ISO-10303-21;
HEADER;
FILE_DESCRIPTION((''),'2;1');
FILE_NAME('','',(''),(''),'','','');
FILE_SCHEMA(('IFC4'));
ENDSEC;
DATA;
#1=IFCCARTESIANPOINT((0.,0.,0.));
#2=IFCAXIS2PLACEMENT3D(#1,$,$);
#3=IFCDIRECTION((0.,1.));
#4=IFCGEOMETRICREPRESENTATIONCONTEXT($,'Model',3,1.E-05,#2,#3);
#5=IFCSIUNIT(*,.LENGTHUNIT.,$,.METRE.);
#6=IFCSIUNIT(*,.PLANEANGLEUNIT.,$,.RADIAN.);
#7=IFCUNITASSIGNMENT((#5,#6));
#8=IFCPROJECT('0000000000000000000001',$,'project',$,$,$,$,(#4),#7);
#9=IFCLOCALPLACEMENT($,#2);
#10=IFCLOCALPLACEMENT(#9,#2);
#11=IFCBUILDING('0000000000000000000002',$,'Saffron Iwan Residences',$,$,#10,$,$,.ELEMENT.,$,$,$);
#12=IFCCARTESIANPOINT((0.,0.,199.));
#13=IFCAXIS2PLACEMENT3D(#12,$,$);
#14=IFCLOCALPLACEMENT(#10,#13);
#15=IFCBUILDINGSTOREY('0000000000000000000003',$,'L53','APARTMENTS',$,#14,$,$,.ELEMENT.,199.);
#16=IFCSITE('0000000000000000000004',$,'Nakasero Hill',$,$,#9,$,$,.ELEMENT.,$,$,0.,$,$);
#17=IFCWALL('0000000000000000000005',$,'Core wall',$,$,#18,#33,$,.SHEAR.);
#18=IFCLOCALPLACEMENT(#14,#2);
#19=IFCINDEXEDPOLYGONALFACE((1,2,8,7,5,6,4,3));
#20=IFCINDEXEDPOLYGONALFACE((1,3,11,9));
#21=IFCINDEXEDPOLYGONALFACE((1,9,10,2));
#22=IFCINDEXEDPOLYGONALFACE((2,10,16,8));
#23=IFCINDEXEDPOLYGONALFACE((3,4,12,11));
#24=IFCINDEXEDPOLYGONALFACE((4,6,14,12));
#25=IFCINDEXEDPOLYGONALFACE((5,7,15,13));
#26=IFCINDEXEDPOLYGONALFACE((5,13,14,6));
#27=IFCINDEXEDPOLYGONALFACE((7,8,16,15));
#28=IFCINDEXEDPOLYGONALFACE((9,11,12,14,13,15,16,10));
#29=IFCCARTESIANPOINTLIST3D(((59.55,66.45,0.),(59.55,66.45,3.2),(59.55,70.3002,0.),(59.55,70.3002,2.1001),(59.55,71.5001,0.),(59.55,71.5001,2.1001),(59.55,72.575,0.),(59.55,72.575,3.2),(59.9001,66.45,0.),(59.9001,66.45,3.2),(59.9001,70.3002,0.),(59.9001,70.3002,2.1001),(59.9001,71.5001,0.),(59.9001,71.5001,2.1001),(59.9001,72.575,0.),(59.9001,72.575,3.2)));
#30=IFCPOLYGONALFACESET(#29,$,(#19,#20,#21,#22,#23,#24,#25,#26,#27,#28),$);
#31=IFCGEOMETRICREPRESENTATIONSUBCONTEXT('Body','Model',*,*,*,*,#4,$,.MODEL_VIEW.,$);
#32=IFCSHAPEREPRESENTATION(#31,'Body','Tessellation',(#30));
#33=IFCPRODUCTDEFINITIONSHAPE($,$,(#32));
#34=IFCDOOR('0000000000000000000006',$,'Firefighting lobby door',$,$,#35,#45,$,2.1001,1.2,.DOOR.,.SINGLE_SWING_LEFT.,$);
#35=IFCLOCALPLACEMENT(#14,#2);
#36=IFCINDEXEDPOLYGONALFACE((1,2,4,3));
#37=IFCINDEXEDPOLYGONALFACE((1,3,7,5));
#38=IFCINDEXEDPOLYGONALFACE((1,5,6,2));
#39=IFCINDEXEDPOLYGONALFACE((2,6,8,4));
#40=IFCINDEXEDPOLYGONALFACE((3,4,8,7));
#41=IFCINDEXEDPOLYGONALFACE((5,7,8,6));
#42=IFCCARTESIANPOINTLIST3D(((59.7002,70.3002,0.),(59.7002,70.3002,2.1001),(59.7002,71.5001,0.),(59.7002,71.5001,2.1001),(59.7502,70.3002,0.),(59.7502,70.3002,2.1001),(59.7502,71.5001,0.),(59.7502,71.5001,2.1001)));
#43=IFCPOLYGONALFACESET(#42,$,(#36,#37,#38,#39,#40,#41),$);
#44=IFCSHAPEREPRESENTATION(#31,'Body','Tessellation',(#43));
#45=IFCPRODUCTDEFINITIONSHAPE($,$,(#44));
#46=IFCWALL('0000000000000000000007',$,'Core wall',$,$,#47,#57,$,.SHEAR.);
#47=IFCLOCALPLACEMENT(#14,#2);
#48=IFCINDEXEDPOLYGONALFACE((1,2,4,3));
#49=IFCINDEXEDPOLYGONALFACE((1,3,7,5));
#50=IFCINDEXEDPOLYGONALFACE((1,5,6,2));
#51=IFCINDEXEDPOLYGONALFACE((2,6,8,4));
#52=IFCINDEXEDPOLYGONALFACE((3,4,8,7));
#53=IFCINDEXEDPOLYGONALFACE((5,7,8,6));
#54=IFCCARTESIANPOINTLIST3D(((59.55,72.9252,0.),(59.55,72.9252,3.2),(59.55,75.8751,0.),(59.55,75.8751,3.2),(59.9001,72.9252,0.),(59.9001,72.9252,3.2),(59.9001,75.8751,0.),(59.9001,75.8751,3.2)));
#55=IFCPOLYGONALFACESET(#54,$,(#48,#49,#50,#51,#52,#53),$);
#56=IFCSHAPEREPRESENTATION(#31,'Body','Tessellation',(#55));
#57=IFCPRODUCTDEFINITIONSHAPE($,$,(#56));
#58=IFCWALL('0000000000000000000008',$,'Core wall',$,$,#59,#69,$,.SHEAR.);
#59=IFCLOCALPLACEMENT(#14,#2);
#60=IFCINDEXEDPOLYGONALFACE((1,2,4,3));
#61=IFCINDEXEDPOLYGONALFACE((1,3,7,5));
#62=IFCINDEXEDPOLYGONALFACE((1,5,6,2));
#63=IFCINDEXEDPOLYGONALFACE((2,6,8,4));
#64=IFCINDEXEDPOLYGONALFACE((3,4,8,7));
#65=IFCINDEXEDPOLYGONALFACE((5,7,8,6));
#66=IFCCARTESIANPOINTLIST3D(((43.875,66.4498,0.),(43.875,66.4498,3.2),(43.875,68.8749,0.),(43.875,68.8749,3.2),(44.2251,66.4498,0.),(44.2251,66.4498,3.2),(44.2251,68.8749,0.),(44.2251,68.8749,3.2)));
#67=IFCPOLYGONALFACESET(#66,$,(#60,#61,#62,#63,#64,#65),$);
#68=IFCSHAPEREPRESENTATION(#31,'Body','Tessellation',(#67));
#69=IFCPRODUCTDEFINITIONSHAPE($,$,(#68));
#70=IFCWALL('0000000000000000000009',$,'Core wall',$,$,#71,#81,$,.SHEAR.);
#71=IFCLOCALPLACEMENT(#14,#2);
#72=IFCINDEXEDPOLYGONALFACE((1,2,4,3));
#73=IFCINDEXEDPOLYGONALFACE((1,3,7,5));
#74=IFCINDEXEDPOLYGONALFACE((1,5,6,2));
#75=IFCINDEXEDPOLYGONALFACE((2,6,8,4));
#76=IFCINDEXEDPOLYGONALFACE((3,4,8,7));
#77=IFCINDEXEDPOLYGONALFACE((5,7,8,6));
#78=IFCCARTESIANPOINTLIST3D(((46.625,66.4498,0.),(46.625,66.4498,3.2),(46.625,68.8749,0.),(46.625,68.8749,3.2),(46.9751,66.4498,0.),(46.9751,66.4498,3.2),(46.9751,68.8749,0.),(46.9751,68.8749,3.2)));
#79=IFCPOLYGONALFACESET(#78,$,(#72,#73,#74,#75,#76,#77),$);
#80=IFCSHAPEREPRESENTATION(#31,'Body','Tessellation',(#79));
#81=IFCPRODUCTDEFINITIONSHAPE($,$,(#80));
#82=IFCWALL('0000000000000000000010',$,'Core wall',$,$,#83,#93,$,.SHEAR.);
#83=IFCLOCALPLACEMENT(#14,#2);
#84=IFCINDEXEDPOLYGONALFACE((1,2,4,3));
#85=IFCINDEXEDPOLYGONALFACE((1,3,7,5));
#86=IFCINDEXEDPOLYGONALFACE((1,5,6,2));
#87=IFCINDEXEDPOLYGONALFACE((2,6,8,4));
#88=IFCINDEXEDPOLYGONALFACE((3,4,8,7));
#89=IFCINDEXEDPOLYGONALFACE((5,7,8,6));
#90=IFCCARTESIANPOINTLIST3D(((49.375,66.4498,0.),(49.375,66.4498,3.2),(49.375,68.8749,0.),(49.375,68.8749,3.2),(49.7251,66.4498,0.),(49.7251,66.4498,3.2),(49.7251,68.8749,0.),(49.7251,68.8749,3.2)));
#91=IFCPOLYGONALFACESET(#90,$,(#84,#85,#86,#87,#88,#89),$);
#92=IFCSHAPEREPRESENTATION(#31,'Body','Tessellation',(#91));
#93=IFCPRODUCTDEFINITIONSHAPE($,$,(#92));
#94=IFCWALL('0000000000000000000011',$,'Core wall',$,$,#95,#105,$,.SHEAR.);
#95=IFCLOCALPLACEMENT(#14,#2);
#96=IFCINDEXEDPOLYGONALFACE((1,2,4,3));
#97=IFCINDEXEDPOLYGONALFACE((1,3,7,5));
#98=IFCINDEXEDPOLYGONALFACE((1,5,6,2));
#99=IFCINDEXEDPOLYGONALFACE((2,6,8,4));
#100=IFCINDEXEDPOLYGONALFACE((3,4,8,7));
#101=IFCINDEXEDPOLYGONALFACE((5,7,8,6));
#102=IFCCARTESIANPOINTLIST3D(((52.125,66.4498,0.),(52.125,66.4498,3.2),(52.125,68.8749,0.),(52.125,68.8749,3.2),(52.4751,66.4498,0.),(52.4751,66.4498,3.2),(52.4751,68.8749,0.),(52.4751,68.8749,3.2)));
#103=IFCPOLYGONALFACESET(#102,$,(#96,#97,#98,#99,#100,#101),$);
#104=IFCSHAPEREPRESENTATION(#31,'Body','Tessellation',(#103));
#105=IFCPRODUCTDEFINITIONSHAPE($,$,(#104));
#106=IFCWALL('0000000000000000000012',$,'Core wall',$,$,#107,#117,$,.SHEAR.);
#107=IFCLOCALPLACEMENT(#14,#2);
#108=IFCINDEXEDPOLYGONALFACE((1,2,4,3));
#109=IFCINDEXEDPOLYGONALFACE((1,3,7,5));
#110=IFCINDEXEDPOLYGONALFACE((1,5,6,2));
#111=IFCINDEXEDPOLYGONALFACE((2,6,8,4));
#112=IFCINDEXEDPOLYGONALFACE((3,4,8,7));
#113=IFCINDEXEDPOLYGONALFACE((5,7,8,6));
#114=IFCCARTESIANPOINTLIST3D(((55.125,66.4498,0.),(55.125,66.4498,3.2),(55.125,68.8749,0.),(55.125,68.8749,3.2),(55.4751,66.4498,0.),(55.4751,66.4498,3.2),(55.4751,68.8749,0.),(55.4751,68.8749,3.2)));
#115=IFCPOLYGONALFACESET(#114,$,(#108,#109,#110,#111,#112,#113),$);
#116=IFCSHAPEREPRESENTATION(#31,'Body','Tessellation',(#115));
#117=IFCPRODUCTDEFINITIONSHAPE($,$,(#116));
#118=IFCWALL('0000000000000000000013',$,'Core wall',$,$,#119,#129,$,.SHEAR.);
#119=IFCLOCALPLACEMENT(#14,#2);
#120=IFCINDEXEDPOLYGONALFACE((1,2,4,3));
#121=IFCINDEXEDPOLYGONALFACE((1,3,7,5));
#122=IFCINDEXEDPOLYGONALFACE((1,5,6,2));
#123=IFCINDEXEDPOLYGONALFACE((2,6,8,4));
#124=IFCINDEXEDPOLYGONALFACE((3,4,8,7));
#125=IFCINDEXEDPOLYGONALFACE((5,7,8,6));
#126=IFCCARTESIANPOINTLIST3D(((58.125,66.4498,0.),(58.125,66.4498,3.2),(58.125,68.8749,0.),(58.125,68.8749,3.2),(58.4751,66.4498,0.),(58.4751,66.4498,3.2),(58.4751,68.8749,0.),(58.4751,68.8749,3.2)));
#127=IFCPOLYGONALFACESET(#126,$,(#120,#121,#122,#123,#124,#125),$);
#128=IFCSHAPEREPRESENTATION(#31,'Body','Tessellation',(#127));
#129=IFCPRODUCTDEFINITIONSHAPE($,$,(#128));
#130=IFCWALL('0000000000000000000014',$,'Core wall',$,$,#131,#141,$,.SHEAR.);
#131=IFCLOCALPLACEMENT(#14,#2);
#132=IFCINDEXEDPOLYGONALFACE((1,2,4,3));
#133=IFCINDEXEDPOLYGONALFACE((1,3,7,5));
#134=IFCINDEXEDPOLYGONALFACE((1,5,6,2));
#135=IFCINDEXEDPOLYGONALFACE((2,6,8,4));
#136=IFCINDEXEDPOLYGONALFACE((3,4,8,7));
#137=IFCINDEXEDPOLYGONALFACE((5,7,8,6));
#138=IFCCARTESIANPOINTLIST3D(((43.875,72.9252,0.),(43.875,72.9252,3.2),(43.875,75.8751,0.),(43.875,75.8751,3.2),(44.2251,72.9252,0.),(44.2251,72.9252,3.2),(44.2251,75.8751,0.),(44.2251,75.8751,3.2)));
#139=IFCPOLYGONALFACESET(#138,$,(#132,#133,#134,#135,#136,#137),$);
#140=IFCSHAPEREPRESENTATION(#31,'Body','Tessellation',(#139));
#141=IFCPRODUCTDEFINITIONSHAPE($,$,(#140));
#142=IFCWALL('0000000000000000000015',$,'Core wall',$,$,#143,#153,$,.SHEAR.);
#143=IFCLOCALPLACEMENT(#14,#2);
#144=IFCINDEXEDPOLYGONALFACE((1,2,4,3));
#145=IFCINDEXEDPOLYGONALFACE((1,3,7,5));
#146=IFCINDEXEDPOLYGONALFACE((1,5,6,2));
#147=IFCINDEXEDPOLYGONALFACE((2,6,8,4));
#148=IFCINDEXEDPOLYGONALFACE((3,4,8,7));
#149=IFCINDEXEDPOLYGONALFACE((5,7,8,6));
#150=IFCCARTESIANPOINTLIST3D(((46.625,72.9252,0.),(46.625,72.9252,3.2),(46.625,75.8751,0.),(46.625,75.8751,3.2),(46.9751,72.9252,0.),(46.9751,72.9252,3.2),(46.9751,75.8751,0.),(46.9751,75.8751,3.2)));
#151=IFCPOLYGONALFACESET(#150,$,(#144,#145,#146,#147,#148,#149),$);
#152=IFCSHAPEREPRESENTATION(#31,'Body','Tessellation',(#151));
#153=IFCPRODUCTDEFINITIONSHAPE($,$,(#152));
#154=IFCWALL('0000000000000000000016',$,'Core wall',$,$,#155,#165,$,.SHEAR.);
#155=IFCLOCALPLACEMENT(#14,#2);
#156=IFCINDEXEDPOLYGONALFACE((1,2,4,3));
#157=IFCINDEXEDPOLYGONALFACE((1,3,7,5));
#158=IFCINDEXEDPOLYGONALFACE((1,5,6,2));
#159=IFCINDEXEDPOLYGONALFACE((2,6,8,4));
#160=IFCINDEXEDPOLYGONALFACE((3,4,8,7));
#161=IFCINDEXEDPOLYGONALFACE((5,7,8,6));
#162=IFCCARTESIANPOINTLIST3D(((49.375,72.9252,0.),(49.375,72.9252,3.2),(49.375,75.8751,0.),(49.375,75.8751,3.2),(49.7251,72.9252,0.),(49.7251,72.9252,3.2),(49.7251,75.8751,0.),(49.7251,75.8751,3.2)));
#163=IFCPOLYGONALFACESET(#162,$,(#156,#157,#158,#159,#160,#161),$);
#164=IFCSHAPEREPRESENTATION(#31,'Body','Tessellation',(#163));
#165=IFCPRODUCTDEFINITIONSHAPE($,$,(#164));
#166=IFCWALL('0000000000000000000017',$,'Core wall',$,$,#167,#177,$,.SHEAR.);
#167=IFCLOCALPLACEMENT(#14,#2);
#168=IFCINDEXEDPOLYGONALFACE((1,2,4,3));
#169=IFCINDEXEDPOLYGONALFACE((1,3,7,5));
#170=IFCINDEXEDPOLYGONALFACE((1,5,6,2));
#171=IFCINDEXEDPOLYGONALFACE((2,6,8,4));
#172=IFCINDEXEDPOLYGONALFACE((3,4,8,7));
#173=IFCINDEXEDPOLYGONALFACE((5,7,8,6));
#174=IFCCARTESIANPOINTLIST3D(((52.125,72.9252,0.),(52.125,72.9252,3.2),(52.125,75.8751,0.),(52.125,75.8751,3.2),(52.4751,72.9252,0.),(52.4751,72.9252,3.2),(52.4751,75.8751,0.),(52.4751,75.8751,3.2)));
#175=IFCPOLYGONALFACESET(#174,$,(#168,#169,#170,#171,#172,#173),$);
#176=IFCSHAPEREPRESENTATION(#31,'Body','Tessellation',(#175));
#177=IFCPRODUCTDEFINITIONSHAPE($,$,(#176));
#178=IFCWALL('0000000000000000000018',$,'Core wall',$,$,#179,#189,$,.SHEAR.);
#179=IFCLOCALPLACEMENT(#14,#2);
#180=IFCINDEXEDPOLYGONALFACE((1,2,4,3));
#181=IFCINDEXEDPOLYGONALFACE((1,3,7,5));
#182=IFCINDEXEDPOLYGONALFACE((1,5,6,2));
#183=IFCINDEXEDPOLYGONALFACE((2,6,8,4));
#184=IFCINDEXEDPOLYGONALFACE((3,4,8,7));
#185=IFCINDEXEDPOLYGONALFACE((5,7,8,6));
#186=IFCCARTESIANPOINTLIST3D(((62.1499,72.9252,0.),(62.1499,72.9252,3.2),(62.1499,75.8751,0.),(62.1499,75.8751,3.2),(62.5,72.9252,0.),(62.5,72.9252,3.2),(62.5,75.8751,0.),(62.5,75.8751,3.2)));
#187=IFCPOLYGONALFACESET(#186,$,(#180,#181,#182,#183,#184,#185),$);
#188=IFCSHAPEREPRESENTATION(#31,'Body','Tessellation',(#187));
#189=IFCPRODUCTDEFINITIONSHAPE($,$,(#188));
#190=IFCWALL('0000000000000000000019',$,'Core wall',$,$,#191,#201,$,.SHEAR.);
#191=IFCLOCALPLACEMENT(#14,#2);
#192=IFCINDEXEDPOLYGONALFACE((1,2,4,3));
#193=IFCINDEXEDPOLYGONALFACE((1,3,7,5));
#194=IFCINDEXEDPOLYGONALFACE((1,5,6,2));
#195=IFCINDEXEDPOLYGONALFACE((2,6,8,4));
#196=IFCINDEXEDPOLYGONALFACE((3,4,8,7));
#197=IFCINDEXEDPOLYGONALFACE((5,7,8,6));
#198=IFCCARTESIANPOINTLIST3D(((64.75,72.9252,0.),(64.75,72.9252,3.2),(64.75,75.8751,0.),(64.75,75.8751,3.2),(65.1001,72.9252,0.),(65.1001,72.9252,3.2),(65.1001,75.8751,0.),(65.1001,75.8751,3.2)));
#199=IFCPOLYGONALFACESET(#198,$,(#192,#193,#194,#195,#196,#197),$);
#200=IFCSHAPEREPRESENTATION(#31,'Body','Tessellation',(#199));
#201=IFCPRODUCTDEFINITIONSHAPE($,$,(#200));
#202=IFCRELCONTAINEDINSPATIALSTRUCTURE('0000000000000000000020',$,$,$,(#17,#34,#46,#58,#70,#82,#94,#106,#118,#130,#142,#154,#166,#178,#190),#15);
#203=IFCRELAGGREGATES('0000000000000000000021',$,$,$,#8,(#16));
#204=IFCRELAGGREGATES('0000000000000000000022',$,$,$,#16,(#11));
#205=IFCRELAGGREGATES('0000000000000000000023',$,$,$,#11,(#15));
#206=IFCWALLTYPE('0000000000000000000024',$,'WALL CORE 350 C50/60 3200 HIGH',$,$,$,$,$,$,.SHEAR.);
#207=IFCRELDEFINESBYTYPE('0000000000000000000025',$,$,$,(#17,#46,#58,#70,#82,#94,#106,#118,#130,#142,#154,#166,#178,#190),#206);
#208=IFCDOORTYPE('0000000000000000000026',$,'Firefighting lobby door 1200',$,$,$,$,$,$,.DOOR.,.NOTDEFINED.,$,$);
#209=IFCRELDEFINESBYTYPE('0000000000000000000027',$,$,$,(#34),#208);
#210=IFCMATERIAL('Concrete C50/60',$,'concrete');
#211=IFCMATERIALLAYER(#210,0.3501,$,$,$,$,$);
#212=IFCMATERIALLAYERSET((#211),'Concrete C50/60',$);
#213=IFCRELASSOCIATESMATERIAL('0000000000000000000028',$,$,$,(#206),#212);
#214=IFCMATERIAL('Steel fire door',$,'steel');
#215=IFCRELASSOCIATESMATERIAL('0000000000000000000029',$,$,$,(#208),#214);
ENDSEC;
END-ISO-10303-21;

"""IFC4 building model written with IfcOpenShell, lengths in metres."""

from ifc_helpers import new_model, si_unit, direction, frame, frame_2d, origin, place, context, subcontext, project, spatial, rectangle, extrude, material, layer, layer_set, type_object, element, fill, save


model = new_model("IFC4")

# Units and contexts
model_context = context("Model", 3, precision=1e-05, world=origin(), true_north=direction((0.0, 1.0)))
body_context = subcontext(model_context, "Body", "Model", "MODEL_VIEW")
ifc_project = project(units=[si_unit("LENGTHUNIT", "METRE"), si_unit("PLANEANGLEUNIT", "RADIAN")], contexts=[model_context])

# Site, building, storey
site_placement = place(None, origin())
site = spatial("IfcSite", under=ifc_project, at=site_placement, Name="Nakasero Hill", CompositionType="ELEMENT", RefElevation=0.0)
building_placement = place(site_placement, origin())
building = spatial("IfcBuilding", under=site, at=building_placement, Name="Saffron Iwan Residences", CompositionType="ELEMENT")
storey_placement = place(building_placement, frame((0.0, 0.0, 199.0)))
storey = spatial("IfcBuildingStorey", under=building, at=storey_placement, Name="L53", Description="APARTMENTS", CompositionType="ELEMENT", Elevation=199.0)

# Shared definitions
ifc_material_1 = material(Name="Concrete C50/60", Category="concrete")

# Shared definitions
ifc_material_2 = material(Name="Steel fire door", Category="steel")

# Wall, opening, door
ifc_layer_1 = layer(ifc_material_1, 0.3501)
ifc_layer_set_1 = layer_set([ifc_layer_1], Name="Concrete C50/60")
wall_type_1 = type_object("IfcWallType", Name="WALL CORE 350 C50/60 3200 HIGH", PredefinedType="SHEAR", material=ifc_layer_set_1)
wall_1_placement = place(storey_placement, frame((59.7251, 66.45, 0.0), z_axis=(0.0, 0.0, 1.0), x_axis=(0.0, 1.0, 0.0)))
wall_1 = element("IfcWall", 1, at=wall_1_placement, inside=storey, type_object=wall_type_1, Name="Core wall", PredefinedType="SHEAR", context=body_context, shape_type="SweptSolid", body=[
    extrude(rectangle(XDim=6.125, YDim=0.3501, at=frame_2d((3.0625, 0.0))), origin(), (0.0, 0.0, 1.0), 3.2),
])
opening_1_placement = place(wall_1_placement, frame((3.8501, 0.0, 0.0)))
opening_1 = element("IfcOpeningElement", 2, at=opening_1_placement, cuts=wall_1, PredefinedType="OPENING", context=body_context, shape_type="SweptSolid", body=[
    extrude(rectangle(XDim=1.2, YDim=2.1001, at=frame_2d((0.6001, 1.05))), frame((0.0, 0.1851, 0.0), z_axis=(0.0, -1.0, 0.0), x_axis=(1.0, 0.0, 0.0)), (0.0, 0.0, 1.0), 0.3701),
])
door_type_1 = type_object("IfcDoorType", Name="Firefighting lobby door 1200", OperationType="NOTDEFINED", PredefinedType="DOOR", material=ifc_material_2)
door_1_placement = place(opening_1_placement, origin())
door_1 = element("IfcDoor", 3, at=door_1_placement, inside=storey, type_object=door_type_1, Name="Firefighting lobby door", OperationType="SINGLE_SWING_LEFT", OverallHeight=2.1001, OverallWidth=1.2, PredefinedType="DOOR", context=body_context, shape_type="SweptSolid", body=[
    extrude(rectangle(XDim=1.2, YDim=2.1001, at=frame_2d((0.6001, 1.05))), frame((0.0, 0.0249, 0.0), z_axis=(0.0, -1.0, 0.0), x_axis=(1.0, 0.0, 0.0)), (0.0, 0.0, 1.0), 0.05),
])
fill(opening_1, door_1)

# Walls
wall_2_placement = place(storey_placement, frame((59.7251, 72.925, 0.0), z_axis=(0.0, 0.0, 1.0), x_axis=(0.0, 1.0, 0.0)))
element("IfcWall", 4, at=wall_2_placement, inside=storey, type_object=wall_type_1, Name="Core wall", PredefinedType="SHEAR", context=body_context, shape_type="SweptSolid", body=[
    extrude(rectangle(XDim=2.95, YDim=0.3501, at=frame_2d((1.4751, 0.0))), origin(), (0.0, 0.0, 1.0), 3.2),
])
for number, where, z_axis, x_axis, name in (
    (5, (44.05, 66.45, 0.0), (0.0, 0.0, 1.0), (0.0, 1.0, 0.0), "Core wall"),
    (6, (46.8, 66.45, 0.0), (0.0, 0.0, 1.0), (0.0, 1.0, 0.0), "Core wall"),
    (7, (49.55, 66.45, 0.0), (0.0, 0.0, 1.0), (0.0, 1.0, 0.0), "Core wall"),
    (8, (52.3, 66.45, 0.0), (0.0, 0.0, 1.0), (0.0, 1.0, 0.0), "Core wall"),
    (9, (55.3, 66.45, 0.0), (0.0, 0.0, 1.0), (0.0, 1.0, 0.0), "Core wall"),
    (10, (58.3, 66.45, 0.0), (0.0, 0.0, 1.0), (0.0, 1.0, 0.0), "Core wall"),
):
    element("IfcWall", number, at=place(storey_placement, frame(where, z_axis=z_axis, x_axis=x_axis)), inside=storey, type_object=wall_type_1, Name=name, PredefinedType="SHEAR", context=body_context, shape_type="SweptSolid", body=[
        extrude(rectangle(XDim=2.425, YDim=0.3501, at=frame_2d((1.2124, 0.0))), origin(), (0.0, 0.0, 1.0), 3.2),
    ])
for number, where, z_axis, x_axis, name in (
    (11, (44.05, 72.925, 0.0), (0.0, 0.0, 1.0), (0.0, 1.0, 0.0), "Core wall"),
    (12, (46.8, 72.925, 0.0), (0.0, 0.0, 1.0), (0.0, 1.0, 0.0), "Core wall"),
    (13, (49.55, 72.925, 0.0), (0.0, 0.0, 1.0), (0.0, 1.0, 0.0), "Core wall"),
    (14, (52.3, 72.925, 0.0), (0.0, 0.0, 1.0), (0.0, 1.0, 0.0), "Core wall"),
    (15, (62.325, 72.925, 0.0), (0.0, 0.0, 1.0), (0.0, 1.0, 0.0), "Core wall"),
    (16, (64.925, 72.925, 0.0), (0.0, 0.0, 1.0), (0.0, 1.0, 0.0), "Core wall"),
):
    element("IfcWall", number, at=place(storey_placement, frame(where, z_axis=z_axis, x_axis=x_axis)), inside=storey, type_object=wall_type_1, Name=name, PredefinedType="SHEAR", context=body_context, shape_type="SweptSolid", body=[
        extrude(rectangle(XDim=2.95, YDim=0.3501, at=frame_2d((1.4751, 0.0))), origin(), (0.0, 0.0, 1.0), 3.2),
    ])

save(model, "model.ifc")
